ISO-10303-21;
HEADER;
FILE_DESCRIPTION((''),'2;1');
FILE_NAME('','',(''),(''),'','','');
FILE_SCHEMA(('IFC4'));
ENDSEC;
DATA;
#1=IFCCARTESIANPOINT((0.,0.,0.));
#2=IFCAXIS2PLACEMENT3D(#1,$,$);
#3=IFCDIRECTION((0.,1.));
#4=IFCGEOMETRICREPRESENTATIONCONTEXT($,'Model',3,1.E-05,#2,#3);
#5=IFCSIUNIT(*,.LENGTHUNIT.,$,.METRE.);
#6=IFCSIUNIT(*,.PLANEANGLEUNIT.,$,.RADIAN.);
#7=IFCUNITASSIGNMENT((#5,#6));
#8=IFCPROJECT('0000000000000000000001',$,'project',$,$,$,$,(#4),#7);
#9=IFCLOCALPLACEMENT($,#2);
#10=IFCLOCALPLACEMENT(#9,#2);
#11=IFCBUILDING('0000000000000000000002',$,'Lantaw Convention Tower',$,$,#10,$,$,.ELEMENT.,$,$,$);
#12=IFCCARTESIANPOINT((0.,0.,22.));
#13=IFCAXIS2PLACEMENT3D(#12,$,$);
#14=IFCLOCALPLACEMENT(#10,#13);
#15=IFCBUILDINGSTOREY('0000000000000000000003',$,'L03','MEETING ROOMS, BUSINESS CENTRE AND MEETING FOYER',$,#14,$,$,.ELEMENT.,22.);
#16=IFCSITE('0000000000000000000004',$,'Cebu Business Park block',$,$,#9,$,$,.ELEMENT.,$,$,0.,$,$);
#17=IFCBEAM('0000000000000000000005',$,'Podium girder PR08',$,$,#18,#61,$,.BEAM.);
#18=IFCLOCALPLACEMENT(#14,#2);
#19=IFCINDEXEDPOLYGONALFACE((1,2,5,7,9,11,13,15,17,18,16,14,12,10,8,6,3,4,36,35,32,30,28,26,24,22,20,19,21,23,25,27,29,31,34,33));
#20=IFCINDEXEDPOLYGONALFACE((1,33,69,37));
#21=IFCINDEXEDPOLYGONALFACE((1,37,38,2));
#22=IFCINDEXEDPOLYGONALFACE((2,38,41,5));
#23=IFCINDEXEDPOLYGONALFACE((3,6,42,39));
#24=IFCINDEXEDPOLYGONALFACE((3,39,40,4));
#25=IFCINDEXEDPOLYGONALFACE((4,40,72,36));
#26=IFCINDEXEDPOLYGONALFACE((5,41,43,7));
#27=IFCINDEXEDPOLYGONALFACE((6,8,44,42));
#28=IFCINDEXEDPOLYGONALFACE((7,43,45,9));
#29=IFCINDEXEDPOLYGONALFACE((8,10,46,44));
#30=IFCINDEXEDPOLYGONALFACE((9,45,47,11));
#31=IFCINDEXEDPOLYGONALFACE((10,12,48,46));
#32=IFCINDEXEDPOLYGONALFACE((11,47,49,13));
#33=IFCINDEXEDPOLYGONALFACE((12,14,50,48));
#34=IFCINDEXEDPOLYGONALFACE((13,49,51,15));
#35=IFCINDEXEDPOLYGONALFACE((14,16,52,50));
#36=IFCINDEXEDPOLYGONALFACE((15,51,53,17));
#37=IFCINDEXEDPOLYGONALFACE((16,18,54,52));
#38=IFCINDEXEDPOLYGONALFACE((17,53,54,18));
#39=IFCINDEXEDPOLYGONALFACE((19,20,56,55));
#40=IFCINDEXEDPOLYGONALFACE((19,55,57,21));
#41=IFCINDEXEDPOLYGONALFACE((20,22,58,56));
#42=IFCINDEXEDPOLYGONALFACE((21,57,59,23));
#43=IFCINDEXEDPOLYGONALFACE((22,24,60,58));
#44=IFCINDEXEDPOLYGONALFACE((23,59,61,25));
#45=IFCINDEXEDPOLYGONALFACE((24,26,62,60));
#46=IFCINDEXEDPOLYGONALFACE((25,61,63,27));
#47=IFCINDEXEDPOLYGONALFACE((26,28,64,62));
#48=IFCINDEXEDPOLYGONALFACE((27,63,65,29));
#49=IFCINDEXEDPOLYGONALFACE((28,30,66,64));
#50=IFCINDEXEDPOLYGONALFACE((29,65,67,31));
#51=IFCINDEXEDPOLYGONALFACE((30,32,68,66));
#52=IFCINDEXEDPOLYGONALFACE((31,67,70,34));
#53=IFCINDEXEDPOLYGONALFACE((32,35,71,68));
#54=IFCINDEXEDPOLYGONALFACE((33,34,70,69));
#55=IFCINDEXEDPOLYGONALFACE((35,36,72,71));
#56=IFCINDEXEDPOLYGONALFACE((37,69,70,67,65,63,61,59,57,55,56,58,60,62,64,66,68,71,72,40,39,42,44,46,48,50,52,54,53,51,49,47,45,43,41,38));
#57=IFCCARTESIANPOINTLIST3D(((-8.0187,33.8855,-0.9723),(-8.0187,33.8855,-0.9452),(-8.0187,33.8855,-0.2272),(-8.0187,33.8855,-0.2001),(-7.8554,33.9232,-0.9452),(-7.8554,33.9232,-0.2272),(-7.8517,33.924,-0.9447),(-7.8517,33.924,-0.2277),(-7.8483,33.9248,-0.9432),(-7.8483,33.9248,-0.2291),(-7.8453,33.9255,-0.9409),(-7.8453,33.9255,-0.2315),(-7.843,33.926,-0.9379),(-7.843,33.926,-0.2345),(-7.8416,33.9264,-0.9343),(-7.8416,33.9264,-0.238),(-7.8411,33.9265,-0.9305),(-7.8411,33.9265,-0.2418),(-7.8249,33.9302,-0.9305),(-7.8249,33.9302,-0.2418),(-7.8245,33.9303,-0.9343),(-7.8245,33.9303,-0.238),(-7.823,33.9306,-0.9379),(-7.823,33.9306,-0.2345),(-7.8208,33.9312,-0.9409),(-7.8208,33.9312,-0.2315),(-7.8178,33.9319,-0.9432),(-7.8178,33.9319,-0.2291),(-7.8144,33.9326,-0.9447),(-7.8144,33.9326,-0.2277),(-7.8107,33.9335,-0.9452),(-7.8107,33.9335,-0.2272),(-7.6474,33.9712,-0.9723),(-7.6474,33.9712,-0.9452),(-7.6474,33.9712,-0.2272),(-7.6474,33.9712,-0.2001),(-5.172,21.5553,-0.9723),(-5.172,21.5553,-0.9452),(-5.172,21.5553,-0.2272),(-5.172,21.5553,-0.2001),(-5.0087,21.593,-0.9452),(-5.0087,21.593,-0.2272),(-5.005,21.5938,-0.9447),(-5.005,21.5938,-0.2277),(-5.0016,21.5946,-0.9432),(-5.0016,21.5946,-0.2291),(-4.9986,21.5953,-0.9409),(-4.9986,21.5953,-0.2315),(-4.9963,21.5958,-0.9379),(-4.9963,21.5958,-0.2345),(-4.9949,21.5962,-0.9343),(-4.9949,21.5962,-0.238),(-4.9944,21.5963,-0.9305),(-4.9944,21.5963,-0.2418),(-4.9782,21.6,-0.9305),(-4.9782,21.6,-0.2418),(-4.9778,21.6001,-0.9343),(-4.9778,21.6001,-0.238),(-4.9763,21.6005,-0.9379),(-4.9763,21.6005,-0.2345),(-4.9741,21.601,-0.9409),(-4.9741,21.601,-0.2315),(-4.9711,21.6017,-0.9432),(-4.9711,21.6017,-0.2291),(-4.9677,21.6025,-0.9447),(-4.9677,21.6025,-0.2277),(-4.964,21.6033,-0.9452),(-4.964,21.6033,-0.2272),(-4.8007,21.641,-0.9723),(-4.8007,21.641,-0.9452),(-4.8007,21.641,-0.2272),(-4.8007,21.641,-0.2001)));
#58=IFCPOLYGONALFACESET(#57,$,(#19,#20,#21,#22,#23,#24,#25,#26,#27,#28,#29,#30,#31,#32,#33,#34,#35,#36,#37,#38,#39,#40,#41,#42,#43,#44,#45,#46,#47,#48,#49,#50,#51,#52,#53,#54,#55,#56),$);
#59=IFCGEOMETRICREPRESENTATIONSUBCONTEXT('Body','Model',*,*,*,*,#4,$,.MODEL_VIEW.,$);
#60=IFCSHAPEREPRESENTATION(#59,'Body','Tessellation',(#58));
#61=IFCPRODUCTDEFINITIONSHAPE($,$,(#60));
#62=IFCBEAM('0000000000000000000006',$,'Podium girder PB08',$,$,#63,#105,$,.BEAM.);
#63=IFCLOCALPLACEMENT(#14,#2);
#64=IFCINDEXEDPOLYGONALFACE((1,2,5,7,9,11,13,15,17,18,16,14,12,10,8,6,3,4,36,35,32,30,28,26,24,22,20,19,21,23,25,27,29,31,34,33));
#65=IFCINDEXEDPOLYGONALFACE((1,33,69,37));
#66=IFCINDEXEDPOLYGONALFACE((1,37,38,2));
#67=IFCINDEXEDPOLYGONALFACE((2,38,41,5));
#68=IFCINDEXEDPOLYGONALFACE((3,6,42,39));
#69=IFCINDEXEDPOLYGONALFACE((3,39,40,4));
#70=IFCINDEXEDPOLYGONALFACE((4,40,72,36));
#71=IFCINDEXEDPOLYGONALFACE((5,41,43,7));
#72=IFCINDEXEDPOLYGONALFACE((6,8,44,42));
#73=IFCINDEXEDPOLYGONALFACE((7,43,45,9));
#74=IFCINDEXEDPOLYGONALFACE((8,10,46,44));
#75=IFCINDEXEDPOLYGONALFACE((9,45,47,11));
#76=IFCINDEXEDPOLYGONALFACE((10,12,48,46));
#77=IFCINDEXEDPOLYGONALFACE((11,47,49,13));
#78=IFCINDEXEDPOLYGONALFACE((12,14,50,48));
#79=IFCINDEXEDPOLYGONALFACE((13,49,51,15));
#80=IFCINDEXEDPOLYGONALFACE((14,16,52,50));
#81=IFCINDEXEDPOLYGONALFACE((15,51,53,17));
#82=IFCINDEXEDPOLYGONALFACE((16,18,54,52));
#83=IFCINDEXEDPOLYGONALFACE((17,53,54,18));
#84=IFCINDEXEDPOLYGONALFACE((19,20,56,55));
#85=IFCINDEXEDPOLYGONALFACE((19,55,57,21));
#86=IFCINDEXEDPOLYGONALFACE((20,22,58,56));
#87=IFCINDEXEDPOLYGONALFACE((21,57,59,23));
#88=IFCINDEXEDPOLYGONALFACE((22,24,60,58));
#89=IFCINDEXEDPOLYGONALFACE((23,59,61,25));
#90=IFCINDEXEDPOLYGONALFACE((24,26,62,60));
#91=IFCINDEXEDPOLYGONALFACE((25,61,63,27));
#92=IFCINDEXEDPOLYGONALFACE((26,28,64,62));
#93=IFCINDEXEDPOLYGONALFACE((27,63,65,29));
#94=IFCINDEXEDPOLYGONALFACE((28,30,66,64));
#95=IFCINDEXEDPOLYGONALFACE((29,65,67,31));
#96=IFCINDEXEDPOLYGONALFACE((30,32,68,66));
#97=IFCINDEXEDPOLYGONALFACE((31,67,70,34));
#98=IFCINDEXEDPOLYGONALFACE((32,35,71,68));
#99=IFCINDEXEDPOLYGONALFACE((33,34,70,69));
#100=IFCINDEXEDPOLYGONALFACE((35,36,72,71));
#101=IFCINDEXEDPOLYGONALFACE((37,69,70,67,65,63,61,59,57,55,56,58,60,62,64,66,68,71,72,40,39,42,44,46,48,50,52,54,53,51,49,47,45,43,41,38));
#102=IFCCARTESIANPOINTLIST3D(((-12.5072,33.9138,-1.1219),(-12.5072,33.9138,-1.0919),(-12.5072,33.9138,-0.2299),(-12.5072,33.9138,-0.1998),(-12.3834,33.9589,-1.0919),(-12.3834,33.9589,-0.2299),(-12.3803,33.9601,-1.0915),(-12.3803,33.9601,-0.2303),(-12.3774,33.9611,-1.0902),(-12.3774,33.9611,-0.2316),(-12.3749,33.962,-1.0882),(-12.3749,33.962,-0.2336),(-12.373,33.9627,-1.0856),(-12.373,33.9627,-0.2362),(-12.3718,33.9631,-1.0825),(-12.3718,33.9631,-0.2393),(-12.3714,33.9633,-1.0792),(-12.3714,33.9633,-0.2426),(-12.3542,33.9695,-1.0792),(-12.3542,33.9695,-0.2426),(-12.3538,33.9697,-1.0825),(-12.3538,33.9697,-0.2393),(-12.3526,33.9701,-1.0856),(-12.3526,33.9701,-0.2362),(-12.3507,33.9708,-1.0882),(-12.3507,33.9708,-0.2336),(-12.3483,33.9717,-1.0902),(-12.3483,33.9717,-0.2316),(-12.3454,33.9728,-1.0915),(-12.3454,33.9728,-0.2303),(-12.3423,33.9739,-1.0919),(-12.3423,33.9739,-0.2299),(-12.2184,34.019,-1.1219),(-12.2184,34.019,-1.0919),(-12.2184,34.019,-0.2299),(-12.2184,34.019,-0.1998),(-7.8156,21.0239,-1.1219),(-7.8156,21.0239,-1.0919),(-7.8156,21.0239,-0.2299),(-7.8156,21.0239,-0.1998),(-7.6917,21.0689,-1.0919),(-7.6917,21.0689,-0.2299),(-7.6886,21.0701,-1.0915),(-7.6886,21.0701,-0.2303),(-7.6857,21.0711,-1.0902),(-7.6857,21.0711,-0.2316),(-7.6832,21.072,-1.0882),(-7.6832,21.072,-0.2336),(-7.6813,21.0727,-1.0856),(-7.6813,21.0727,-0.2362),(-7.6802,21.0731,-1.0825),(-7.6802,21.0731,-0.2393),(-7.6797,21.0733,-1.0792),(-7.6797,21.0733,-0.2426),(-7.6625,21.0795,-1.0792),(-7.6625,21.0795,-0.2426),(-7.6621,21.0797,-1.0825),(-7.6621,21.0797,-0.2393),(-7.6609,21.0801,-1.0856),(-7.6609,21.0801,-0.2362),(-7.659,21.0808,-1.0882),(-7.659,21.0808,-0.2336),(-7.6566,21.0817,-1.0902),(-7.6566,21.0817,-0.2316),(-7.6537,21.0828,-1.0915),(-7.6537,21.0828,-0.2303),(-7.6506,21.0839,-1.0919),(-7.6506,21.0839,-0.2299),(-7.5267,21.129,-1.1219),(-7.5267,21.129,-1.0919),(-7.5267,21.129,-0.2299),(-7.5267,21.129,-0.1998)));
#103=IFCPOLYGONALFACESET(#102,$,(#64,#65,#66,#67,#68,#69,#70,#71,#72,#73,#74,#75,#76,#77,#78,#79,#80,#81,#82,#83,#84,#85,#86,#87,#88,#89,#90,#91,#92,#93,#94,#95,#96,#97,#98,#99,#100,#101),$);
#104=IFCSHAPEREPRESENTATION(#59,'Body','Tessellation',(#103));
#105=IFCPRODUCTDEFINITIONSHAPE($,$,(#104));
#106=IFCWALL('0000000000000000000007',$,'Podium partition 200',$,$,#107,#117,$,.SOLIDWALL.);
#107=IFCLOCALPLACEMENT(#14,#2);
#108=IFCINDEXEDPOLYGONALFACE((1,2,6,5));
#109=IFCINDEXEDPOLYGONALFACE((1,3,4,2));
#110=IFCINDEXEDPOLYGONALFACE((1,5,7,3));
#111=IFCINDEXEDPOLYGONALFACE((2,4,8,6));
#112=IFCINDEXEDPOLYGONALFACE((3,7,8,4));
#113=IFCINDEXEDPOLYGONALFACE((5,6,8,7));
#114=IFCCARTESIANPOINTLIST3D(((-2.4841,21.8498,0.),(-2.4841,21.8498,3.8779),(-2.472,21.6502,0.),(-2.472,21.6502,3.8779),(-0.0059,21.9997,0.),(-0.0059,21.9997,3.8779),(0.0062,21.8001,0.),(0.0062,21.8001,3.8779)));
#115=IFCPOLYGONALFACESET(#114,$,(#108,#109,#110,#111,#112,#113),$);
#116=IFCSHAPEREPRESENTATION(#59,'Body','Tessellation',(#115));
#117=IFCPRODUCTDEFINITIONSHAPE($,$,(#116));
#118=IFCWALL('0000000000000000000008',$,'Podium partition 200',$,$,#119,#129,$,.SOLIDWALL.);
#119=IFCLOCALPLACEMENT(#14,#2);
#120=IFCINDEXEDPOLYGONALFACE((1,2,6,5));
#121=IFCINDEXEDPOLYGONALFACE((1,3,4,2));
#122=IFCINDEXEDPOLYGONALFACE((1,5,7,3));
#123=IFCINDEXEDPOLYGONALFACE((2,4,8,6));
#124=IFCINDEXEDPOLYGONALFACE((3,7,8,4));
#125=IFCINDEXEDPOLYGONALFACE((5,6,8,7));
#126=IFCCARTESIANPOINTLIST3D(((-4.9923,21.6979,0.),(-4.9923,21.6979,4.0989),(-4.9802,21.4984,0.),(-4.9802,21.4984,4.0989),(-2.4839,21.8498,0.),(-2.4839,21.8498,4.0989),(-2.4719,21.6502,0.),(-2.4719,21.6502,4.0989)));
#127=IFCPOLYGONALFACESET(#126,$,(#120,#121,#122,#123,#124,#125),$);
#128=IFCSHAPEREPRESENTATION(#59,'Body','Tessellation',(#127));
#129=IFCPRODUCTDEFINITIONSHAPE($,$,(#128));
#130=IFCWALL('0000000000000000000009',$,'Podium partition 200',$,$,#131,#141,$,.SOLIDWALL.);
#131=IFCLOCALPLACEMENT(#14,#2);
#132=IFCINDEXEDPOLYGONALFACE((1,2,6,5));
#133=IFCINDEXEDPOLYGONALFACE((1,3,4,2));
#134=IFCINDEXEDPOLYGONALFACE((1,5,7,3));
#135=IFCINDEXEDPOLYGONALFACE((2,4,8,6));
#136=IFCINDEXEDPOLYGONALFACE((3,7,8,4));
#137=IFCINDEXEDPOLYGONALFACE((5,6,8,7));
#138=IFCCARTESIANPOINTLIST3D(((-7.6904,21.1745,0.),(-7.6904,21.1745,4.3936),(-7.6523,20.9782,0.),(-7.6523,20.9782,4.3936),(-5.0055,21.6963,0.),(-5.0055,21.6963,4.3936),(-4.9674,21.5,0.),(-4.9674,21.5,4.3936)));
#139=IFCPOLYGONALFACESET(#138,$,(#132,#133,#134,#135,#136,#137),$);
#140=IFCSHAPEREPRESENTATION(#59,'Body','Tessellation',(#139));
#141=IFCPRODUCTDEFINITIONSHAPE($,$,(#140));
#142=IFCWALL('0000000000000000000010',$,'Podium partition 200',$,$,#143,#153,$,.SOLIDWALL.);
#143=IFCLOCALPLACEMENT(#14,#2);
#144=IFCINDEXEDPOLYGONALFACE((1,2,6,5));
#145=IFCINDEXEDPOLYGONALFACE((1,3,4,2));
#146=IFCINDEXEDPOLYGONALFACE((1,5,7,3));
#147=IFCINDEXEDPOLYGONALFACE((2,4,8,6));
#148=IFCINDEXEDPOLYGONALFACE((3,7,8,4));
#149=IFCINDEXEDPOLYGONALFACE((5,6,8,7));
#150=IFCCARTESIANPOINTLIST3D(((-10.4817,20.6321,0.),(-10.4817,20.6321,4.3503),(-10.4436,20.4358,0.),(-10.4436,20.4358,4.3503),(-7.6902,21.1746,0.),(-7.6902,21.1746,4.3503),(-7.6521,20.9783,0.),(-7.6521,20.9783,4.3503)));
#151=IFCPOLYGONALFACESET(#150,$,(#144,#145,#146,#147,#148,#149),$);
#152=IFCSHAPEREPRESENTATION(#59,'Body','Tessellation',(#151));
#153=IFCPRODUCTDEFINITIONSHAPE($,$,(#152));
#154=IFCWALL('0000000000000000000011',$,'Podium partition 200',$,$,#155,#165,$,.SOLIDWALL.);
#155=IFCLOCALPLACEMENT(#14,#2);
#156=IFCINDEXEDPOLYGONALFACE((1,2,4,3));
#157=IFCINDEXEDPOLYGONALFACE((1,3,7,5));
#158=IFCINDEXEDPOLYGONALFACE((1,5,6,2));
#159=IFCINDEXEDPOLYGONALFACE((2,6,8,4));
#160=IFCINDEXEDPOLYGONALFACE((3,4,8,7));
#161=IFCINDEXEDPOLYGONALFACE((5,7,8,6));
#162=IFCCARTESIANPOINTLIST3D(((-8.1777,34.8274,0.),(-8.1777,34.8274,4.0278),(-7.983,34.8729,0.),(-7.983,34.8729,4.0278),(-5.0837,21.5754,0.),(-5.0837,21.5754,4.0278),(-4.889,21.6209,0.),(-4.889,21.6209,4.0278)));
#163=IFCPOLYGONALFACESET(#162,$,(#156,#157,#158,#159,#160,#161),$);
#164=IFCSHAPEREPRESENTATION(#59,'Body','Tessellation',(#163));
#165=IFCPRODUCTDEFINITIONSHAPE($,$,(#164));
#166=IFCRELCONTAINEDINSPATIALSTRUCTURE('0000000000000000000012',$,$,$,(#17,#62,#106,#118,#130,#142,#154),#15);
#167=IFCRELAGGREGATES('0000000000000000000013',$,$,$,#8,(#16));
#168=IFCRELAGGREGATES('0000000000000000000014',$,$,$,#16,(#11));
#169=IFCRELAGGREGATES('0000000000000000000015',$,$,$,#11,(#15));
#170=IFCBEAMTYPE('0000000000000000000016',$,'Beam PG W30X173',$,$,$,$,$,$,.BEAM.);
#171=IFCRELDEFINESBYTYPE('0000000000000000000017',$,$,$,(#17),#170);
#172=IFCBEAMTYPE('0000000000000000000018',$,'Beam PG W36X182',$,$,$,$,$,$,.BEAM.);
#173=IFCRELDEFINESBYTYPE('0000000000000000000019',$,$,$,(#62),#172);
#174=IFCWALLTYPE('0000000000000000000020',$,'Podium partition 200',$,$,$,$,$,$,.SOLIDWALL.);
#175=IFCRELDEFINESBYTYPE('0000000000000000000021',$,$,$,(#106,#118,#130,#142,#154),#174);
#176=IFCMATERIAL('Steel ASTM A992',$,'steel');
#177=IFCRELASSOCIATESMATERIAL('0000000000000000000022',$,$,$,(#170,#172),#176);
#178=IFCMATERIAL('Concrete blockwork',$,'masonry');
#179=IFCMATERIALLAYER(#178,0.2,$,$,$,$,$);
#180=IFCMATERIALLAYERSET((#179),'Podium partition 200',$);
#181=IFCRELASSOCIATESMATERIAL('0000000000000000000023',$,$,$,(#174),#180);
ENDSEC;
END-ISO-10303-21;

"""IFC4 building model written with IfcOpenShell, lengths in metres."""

from ifc_helpers import new_model, si_unit, direction, frame, frame_2d, origin, origin_2d, place, context, subcontext, project, spatial, rectangle, i_section, extrude, material, layer, layer_set, material_profile, profile_set, type_object, element, save


model = new_model("IFC4")

# Units and contexts
model_context = context("Model", 3, precision=1e-05, world=origin(), true_north=direction((0.0, 1.0)))
body_context = subcontext(model_context, "Body", "Model", "MODEL_VIEW")
ifc_project = project(units=[si_unit("LENGTHUNIT", "METRE"), si_unit("PLANEANGLEUNIT", "RADIAN")], contexts=[model_context])

# Site, building, storey
site_placement = place(None, origin())
site = spatial("IfcSite", under=ifc_project, at=site_placement, Name="Cebu Business Park block", CompositionType="ELEMENT", RefElevation=0.0)
building_placement = place(site_placement, origin())
building = spatial("IfcBuilding", under=site, at=building_placement, Name="Lantaw Convention Tower", CompositionType="ELEMENT")
storey_placement = place(building_placement, frame((0.0, 0.0, 22.0)))
storey = spatial("IfcBuildingStorey", under=building, at=storey_placement, Name="L03", Description="MEETING ROOMS, BUSINESS CENTRE AND MEETING FOYER", CompositionType="ELEMENT", Elevation=22.0)

# Beams
ifc_material_1 = material(Name="Steel ASTM A992", Category="steel")
ifc_material_profile_1 = material_profile(ifc_material_1, i_section(OverallWidth=0.3811, OverallDepth=0.7722, WebThickness=0.0166, FlangeThickness=0.0271, FilletRadius=0.0146, at=origin_2d()), Name="W30X173")
ifc_profile_set_1 = profile_set([ifc_material_profile_1], Name="Steel ASTM A992")
beam_type_1 = type_object("IfcBeamType", Name="Beam PG W30X173", PredefinedType="BEAM", material=ifc_profile_set_1)
beam_1_placement = place(storey_placement, frame((-4.9863, 21.5981, -0.5862), z_axis=(-0.224955, 0.974369, 0.0), x_axis=(-0.974369, -0.224955, 0.0)))
element("IfcBeam", 1, at=beam_1_placement, inside=storey, type_object=beam_type_1, Name="Podium girder PR08", PredefinedType="BEAM", context=body_context, shape_type="SweptSolid", body=[
    extrude(i_section(OverallWidth=0.3811, OverallDepth=0.7722, WebThickness=0.0166, FlangeThickness=0.0271, FilletRadius=0.0146, at=origin_2d()), origin(), (0.0, 0.0, 1.0), 12.6545),
])
ifc_material_profile_2 = material_profile(ifc_material_1, i_section(OverallWidth=0.3074, OverallDepth=0.9221, WebThickness=0.0183, FlangeThickness=0.03, FilletRadius=0.0127, at=origin_2d()), Name="W36X182")
ifc_profile_set_2 = profile_set([ifc_material_profile_2], Name="Steel ASTM A992")
beam_type_2 = type_object("IfcBeamType", Name="Beam PG W36X182", PredefinedType="BEAM", material=ifc_profile_set_2)
beam_2_placement = place(storey_placement, frame((-7.6711, 21.0764, -0.6609), z_axis=(-0.342027, 0.93969, 0.0), x_axis=(-0.93969, -0.342027, 0.0)))
element("IfcBeam", 2, at=beam_2_placement, inside=storey, type_object=beam_type_2, Name="Podium girder PB08", PredefinedType="BEAM", context=body_context, shape_type="SweptSolid", body=[
    extrude(i_section(OverallWidth=0.3074, OverallDepth=0.9221, WebThickness=0.0183, FlangeThickness=0.03, FilletRadius=0.0127, at=origin_2d()), origin(), (0.0, 0.0, 1.0), 13.7173),
])

# Walls
ifc_material_2 = material(Name="Concrete blockwork", Category="masonry")
ifc_layer = layer(ifc_material_2, 0.2)
ifc_layer_set = layer_set([ifc_layer], Name="Podium partition 200")
wall_type = type_object("IfcWallType", Name="Podium partition 200", PredefinedType="SOLIDWALL", material=ifc_layer_set)
wall_1_placement = place(storey_placement, frame((0.0, 21.8999, 0.0), z_axis=(0.0, 0.0, 1.0), x_axis=(-0.998175, -0.060382, 0.0)))
element("IfcWall", 3, at=wall_1_placement, inside=storey, type_object=wall_type, Name="Podium partition 200", PredefinedType="SOLIDWALL", context=body_context, shape_type="SweptSolid", body=[
    extrude(rectangle(XDim=2.4827, YDim=0.2, at=frame_2d((1.2412, 0.0))), origin(), (0.0, 0.0, 1.0), 3.8779),
])
wall_2_placement = place(storey_placement, frame((-2.478, 21.75, 0.0), z_axis=(0.0, 0.0, 1.0), x_axis=(-0.998172, -0.060431, 0.0)))
element("IfcWall", 4, at=wall_2_placement, inside=storey, type_object=wall_type, Name="Podium partition 200", PredefinedType="SOLIDWALL", context=body_context, shape_type="SweptSolid", body=[
    extrude(rectangle(XDim=2.5129, YDim=0.2, at=frame_2d((1.2563, 0.0))), origin(), (0.0, 0.0, 1.0), 4.0989),
])
wall_3_placement = place(storey_placement, frame((-4.9863, 21.5981, 0.0), z_axis=(0.0, 0.0, 1.0), x_axis=(-0.981637, -0.190757, 0.0)))
element("IfcWall", 5, at=wall_3_placement, inside=storey, type_object=wall_type, Name="Podium partition 200", PredefinedType="SOLIDWALL", context=body_context, shape_type="SweptSolid", body=[
    extrude(rectangle(XDim=2.7351, YDim=0.2, at=frame_2d((1.3677, 0.0))), origin(), (0.0, 0.0, 1.0), 4.3936),
])
wall_4_placement = place(storey_placement, frame((-7.6711, 21.0764, 0.0), z_axis=(0.0, 0.0, 1.0), x_axis=(-0.981636, -0.190764, 0.0)))
element("IfcWall", 6, at=wall_4_placement, inside=storey, type_object=wall_type, Name="Podium partition 200", PredefinedType="SOLIDWALL", context=body_context, shape_type="SweptSolid", body=[
    extrude(rectangle(XDim=2.8438, YDim=0.2, at=frame_2d((1.4219, 0.0))), origin(), (0.0, 0.0, 1.0), 4.3503),
])

# Wall
wall_5_placement = place(storey_placement, frame((-4.9863, 21.5981, 0.0), z_axis=(0.0, 0.0, 1.0), x_axis=(-0.22736, 0.973811, 0.0)))
element("IfcWall", 7, at=wall_5_placement, inside=storey, type_object=wall_type, Name="Podium partition 200", PredefinedType="SOLIDWALL", context=body_context, shape_type="SweptSolid", body=[
    extrude(rectangle(XDim=13.6084, YDim=0.2, at=frame_2d((6.8042, 0.0))), origin(), (0.0, 0.0, 1.0), 4.0278),
])

save(model, "model.ifc")
